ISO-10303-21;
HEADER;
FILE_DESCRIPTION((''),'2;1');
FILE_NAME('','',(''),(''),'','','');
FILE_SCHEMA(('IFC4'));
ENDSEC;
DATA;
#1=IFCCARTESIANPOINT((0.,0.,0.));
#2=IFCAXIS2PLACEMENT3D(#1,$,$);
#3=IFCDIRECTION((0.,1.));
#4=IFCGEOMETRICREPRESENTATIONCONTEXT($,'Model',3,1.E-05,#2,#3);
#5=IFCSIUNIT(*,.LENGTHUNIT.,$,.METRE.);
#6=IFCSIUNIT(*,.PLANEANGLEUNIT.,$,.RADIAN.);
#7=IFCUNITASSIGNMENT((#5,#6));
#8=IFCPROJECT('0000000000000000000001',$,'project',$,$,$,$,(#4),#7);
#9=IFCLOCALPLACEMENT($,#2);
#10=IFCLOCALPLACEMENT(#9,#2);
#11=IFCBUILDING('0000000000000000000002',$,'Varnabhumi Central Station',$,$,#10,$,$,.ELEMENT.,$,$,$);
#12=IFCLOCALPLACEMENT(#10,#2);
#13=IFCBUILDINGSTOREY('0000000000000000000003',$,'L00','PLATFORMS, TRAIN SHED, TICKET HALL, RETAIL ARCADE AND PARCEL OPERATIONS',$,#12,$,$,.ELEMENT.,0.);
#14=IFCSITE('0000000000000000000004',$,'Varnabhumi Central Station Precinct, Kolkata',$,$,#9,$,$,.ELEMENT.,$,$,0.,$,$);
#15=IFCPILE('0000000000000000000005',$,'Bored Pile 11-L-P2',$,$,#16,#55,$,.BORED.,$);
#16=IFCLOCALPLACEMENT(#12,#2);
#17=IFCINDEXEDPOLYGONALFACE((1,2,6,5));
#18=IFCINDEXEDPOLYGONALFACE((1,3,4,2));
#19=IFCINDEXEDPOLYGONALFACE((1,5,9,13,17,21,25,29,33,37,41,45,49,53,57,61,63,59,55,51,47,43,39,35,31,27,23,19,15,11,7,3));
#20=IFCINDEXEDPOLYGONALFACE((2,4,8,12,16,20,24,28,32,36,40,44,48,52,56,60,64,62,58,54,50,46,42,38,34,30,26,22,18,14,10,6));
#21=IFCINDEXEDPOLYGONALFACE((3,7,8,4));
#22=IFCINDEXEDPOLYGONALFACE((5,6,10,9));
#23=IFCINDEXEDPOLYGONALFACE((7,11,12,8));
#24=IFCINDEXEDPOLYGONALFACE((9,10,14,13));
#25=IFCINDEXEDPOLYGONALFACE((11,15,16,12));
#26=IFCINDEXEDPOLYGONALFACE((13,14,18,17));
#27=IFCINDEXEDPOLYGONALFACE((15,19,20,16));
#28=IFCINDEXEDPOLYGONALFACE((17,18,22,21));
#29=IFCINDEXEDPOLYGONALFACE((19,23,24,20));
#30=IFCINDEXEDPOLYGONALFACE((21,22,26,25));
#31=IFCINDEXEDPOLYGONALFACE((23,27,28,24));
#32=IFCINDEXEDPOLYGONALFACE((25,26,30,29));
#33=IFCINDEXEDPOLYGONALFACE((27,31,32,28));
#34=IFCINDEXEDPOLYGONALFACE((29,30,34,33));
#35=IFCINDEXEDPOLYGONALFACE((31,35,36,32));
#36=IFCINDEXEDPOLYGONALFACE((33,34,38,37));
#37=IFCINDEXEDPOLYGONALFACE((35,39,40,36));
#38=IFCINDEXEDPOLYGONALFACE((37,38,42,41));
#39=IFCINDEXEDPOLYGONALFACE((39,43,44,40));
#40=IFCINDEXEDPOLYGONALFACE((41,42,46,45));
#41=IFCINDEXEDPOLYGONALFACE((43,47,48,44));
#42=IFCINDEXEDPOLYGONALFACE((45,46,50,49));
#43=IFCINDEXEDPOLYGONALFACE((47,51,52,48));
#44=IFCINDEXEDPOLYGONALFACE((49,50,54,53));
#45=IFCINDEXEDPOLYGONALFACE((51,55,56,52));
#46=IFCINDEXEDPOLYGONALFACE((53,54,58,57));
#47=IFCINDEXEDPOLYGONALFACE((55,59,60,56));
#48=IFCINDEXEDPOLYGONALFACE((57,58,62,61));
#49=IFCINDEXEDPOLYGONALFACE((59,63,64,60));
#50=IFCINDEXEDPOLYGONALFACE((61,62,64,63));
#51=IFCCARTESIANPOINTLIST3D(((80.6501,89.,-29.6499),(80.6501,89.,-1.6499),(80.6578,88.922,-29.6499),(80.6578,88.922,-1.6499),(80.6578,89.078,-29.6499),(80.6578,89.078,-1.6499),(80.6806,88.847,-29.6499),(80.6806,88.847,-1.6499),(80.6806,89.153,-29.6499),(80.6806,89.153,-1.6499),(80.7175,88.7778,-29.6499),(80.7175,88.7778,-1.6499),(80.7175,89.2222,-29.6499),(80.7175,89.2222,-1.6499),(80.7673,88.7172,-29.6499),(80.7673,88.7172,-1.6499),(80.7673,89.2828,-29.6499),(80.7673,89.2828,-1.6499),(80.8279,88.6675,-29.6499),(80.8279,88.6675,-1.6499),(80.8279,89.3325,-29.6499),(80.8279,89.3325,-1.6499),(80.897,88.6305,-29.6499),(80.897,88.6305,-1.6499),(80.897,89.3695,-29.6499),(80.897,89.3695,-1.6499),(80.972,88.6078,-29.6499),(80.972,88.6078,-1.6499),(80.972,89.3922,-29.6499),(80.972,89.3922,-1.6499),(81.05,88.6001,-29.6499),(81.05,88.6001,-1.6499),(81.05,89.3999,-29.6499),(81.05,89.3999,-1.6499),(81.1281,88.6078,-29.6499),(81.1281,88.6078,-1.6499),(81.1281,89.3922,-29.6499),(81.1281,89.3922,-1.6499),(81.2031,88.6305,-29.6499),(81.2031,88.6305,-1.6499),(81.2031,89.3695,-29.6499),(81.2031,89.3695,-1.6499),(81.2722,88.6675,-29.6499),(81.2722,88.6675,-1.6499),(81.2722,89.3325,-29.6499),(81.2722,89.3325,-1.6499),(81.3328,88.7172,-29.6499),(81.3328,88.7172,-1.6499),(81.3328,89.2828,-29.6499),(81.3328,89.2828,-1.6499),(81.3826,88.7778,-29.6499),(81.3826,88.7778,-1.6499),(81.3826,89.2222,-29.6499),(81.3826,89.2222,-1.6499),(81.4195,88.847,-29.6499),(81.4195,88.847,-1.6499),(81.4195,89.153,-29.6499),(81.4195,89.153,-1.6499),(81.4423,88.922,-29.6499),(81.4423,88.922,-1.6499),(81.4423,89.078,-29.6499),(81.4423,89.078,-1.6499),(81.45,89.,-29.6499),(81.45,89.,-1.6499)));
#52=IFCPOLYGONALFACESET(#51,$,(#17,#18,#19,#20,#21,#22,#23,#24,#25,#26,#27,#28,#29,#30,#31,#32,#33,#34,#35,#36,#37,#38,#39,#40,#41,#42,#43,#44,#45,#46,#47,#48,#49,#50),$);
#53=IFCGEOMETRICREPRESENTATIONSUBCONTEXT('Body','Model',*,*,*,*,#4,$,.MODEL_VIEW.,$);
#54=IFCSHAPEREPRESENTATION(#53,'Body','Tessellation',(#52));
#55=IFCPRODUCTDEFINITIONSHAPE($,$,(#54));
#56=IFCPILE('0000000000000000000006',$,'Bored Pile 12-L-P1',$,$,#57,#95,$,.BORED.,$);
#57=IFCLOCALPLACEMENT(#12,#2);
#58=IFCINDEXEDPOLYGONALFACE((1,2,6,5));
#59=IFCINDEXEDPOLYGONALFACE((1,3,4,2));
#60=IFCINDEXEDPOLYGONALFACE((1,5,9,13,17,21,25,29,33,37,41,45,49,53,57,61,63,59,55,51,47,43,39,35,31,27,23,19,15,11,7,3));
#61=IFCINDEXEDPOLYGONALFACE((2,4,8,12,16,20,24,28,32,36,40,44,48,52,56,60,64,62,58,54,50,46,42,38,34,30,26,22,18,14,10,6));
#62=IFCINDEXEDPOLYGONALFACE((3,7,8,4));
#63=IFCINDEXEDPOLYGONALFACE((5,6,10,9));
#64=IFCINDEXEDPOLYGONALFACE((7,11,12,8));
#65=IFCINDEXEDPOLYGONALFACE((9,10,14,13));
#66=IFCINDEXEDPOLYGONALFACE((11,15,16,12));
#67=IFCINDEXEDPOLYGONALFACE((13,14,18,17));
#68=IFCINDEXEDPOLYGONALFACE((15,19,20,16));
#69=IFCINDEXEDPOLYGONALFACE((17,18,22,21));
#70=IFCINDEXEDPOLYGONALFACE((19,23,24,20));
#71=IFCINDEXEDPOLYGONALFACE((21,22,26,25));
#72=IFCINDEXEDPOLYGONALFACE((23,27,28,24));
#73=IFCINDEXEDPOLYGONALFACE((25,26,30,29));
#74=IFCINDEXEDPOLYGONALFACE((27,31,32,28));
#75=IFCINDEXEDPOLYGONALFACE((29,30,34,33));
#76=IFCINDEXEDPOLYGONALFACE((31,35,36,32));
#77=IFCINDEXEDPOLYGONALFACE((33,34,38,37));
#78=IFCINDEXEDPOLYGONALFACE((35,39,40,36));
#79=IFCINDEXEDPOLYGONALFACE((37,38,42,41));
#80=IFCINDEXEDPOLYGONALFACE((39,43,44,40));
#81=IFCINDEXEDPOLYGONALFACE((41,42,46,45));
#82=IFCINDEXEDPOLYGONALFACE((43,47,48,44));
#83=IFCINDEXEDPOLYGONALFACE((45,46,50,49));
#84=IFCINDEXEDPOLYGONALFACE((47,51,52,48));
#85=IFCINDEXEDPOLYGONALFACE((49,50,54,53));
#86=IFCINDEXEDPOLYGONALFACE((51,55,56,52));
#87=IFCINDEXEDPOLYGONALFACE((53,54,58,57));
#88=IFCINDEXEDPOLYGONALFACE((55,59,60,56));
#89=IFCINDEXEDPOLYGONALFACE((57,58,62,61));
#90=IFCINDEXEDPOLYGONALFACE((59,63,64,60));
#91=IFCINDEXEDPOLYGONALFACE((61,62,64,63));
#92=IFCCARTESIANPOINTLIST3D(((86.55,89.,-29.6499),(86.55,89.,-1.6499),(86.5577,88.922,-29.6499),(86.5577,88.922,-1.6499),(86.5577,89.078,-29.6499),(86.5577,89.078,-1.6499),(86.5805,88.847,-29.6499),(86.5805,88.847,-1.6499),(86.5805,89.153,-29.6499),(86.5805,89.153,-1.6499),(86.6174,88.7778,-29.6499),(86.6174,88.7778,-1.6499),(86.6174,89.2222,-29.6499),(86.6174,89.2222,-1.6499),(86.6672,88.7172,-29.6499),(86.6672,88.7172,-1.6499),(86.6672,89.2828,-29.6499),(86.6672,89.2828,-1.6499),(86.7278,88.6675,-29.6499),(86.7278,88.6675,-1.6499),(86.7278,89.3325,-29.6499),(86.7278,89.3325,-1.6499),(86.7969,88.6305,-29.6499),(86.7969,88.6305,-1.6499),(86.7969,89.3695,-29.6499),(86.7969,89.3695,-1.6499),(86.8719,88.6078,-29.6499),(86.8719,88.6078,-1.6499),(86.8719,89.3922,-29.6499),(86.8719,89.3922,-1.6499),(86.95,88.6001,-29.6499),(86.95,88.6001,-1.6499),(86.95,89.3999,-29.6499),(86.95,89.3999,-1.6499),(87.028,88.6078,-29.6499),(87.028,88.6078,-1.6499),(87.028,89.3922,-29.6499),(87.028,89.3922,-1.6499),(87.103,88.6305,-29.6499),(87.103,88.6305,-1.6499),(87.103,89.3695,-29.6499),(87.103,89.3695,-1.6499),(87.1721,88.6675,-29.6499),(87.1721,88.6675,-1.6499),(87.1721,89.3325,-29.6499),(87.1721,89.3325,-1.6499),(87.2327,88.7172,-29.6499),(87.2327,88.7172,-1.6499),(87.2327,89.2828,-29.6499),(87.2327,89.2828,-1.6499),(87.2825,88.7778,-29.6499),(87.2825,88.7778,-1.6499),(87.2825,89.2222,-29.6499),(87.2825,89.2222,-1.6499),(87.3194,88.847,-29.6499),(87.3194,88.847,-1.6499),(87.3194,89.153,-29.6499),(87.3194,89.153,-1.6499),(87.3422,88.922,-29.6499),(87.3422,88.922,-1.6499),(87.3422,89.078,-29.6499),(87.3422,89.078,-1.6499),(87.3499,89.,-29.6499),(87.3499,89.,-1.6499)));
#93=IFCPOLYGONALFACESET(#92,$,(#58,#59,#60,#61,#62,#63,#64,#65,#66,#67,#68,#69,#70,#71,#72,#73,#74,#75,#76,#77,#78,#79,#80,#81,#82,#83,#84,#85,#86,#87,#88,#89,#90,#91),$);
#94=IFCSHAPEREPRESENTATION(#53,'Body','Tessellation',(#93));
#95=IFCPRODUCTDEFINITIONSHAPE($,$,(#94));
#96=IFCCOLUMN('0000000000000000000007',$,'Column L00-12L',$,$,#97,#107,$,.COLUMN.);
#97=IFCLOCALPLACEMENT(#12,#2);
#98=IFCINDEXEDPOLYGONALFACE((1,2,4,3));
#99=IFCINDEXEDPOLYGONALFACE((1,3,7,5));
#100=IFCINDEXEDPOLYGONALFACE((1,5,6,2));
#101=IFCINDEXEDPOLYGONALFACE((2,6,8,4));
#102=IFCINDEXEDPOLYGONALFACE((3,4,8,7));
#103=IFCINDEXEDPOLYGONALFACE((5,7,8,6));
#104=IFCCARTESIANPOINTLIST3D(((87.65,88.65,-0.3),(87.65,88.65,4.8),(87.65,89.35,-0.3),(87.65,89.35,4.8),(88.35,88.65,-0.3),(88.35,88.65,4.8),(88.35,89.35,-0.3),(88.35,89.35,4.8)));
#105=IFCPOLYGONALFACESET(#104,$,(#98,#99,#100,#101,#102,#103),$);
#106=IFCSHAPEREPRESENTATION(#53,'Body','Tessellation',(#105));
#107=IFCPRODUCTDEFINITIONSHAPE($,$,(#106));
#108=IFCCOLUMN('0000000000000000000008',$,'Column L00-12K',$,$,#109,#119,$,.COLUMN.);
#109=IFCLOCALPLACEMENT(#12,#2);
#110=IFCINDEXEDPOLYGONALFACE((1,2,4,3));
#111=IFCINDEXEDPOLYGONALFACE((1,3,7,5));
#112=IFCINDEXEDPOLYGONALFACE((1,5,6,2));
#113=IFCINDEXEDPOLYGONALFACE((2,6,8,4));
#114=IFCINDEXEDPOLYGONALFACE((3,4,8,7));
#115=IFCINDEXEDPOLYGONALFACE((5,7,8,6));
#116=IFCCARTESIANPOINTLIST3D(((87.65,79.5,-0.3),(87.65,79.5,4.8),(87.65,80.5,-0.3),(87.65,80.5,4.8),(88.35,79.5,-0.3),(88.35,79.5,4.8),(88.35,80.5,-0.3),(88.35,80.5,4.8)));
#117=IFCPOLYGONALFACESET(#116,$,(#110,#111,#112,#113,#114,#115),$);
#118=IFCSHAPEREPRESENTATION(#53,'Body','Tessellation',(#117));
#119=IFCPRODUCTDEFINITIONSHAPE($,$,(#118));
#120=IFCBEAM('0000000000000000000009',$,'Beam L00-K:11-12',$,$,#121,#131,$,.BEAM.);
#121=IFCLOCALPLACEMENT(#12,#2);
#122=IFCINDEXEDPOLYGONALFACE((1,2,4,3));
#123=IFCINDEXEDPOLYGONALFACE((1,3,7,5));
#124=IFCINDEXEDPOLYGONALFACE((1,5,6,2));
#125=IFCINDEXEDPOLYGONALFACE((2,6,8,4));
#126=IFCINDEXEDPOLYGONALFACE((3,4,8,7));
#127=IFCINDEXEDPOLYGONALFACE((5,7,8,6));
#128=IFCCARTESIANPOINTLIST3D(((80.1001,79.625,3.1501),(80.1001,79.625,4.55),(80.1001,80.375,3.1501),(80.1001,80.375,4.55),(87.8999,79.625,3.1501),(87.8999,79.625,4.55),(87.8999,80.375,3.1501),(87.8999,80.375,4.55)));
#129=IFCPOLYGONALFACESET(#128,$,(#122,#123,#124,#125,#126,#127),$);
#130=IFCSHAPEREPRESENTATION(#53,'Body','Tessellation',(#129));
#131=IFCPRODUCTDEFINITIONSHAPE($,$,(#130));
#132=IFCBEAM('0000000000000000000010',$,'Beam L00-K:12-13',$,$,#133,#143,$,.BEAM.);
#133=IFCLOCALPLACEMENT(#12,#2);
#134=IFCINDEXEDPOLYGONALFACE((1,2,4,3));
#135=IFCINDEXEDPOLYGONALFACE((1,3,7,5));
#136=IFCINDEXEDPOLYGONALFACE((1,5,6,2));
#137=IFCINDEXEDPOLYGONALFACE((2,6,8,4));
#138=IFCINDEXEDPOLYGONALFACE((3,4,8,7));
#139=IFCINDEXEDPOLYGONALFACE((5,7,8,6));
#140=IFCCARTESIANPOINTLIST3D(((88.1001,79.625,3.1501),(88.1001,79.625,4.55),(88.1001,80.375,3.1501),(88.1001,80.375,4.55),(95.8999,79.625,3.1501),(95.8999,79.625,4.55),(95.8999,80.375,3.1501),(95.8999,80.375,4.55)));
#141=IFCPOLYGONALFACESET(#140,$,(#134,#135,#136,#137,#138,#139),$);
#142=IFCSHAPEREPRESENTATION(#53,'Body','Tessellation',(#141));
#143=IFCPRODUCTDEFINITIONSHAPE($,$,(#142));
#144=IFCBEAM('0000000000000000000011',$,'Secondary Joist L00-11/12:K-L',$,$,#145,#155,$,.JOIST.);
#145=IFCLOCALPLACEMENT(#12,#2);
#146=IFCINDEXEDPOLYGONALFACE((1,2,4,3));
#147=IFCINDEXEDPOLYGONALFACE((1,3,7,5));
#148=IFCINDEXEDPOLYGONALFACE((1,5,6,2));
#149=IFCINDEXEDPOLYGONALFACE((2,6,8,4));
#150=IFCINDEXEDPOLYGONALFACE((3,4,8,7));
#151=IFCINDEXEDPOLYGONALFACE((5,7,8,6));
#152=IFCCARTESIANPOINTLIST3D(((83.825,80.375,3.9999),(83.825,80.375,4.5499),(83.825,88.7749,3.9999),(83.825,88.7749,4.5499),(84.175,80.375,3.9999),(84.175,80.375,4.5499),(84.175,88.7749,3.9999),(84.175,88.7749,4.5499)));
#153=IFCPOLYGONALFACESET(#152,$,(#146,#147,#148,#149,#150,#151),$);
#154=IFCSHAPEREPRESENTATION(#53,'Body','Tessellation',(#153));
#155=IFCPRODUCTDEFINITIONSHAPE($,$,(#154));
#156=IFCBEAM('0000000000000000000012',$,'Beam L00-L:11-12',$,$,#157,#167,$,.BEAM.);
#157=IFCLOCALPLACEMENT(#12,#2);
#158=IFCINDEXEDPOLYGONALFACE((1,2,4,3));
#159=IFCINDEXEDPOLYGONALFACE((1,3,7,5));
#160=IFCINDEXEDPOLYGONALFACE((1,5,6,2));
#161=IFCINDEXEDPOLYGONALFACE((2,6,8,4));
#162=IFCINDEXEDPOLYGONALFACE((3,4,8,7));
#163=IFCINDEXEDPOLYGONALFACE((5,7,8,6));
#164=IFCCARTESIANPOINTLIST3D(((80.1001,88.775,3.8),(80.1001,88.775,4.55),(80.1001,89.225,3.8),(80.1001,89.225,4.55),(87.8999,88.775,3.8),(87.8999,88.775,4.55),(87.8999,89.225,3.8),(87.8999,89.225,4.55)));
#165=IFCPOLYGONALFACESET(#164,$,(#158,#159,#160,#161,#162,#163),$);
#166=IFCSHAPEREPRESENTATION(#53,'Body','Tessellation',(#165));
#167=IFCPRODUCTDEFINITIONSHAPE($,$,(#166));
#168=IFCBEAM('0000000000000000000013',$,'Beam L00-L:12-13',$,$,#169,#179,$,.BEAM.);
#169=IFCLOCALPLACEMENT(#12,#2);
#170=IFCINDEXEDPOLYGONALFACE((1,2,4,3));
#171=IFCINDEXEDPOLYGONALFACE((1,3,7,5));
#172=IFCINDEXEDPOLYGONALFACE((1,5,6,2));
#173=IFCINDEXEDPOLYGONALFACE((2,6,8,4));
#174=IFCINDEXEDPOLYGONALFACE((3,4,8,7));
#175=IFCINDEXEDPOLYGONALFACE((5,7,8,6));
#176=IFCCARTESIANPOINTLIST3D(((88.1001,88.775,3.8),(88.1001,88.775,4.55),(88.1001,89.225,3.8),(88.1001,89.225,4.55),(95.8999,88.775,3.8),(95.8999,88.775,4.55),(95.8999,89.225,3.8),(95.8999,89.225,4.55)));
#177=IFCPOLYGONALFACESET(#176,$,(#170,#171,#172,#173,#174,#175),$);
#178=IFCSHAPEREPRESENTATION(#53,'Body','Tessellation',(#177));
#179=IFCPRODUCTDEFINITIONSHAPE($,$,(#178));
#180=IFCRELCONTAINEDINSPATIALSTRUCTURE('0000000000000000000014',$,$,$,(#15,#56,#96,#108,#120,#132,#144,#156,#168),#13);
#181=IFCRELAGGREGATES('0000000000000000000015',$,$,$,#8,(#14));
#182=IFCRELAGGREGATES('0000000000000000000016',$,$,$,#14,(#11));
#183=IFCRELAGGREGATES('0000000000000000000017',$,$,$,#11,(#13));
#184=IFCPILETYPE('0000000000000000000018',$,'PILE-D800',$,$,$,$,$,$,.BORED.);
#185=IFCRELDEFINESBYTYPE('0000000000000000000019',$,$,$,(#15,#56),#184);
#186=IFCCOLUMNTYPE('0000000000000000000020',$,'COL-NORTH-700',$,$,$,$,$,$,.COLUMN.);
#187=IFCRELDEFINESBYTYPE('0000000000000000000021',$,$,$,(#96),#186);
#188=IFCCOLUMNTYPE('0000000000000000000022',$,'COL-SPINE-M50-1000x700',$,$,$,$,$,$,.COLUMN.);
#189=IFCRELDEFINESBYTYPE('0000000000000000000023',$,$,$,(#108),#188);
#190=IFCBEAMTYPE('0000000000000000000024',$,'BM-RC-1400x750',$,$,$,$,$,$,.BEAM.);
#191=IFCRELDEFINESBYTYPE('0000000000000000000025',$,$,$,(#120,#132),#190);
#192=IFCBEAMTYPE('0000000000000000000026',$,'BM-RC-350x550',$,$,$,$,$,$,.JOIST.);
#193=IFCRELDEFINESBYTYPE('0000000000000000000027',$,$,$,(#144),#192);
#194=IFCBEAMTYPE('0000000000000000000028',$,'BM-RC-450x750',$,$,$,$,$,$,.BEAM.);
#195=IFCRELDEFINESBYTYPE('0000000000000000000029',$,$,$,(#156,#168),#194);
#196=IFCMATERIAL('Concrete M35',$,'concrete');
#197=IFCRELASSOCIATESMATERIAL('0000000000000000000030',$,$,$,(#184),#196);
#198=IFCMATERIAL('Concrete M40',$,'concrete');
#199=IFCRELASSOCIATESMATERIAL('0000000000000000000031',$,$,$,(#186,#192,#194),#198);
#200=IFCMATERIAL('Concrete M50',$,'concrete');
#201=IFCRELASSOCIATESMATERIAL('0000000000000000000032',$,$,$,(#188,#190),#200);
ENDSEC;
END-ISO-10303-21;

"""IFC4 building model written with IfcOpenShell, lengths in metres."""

from ifc_helpers import new_model, si_unit, direction, frame, origin, origin_2d, place, context, subcontext, project, spatial, rectangle, circle, extrude, material, material_profile, profile_set, type_object, element, save


model = new_model("IFC4")

# Units and contexts
model_context = context("Model", 3, precision=1e-05, world=origin(), true_north=direction((0.0, 1.0)))
body_context = subcontext(model_context, "Body", "Model", "MODEL_VIEW")
ifc_project = project(units=[si_unit("LENGTHUNIT", "METRE"), si_unit("PLANEANGLEUNIT", "RADIAN")], contexts=[model_context])

# Site, building, storey
site_placement = place(None, origin())
site = spatial("IfcSite", under=ifc_project, at=site_placement, Name="Varnabhumi Central Station Precinct, Kolkata", CompositionType="ELEMENT", RefElevation=0.0)
building_placement = place(site_placement, origin())
building = spatial("IfcBuilding", under=site, at=building_placement, Name="Varnabhumi Central Station", CompositionType="ELEMENT")
storey_placement = place(building_placement, origin())
storey = spatial("IfcBuildingStorey", under=building, at=storey_placement, Name="L00", Description="PLATFORMS, TRAIN SHED, TICKET HALL, RETAIL ARCADE AND PARCEL OPERATIONS", CompositionType="ELEMENT", Elevation=0.0)

# Shared definitions
ifc_material_1 = material(Name="Concrete M40", Category="concrete")

# Piles
ifc_material_2 = material(Name="Concrete M35", Category="concrete")
ifc_material_profile_1 = material_profile(ifc_material_2, circle(Radius=0.3999, at=origin_2d()), Name="Concrete M35", Category="concrete")
ifc_profile_set_1 = profile_set([ifc_material_profile_1], Name="Concrete M35")
pile_type_1 = type_object("IfcPileType", Name="PILE-D800", PredefinedType="BORED", material=ifc_profile_set_1)
for number, where, z_axis, x_axis, name in (
    (1, (81.05, 89.0, -1.6499), (0.0, 0.0, -1.0), (1.0, 0.0, 0.0), "Bored Pile 11-L-P2"),
    (2, (86.95, 89.0, -1.6499), (0.0, 0.0, -1.0), (1.0, 0.0, 0.0), "Bored Pile 12-L-P1"),
):
    element("IfcPile", number, at=place(storey_placement, frame(where, z_axis=z_axis, x_axis=x_axis)), inside=storey, type_object=pile_type_1, Name=name, PredefinedType="BORED", context=body_context, shape_type="SweptSolid", body=[
        extrude(circle(Radius=0.3999, at=origin_2d()), origin(), (0.0, 0.0, 1.0), 28.0),
    ])

# Columns
ifc_material_profile_2 = material_profile(ifc_material_1, rectangle(XDim=0.7, YDim=0.7, at=origin_2d()), Name="Concrete M40", Category="concrete")
ifc_profile_set_2 = profile_set([ifc_material_profile_2], Name="Concrete M40")
column_type_1 = type_object("IfcColumnType", Name="COL-NORTH-700", PredefinedType="COLUMN", material=ifc_profile_set_2)
column_1_placement = place(storey_placement, frame((88.0, 89.0, -0.3), z_axis=(0.0, 0.0, 1.0), x_axis=(1.0, 0.0, 0.0)))
element("IfcColumn", 3, at=column_1_placement, inside=storey, type_object=column_type_1, Name="Column L00-12L", PredefinedType="COLUMN", context=body_context, shape_type="SweptSolid", body=[
    extrude(rectangle(XDim=0.7, YDim=0.7, at=origin_2d()), origin(), (0.0, 0.0, 1.0), 5.1001),
])
ifc_material_3 = material(Name="Concrete M50", Category="concrete")
ifc_material_profile_3 = material_profile(ifc_material_3, rectangle(XDim=0.7, YDim=1.0, at=origin_2d()), Name="Concrete M50", Category="concrete")
ifc_profile_set_3 = profile_set([ifc_material_profile_3], Name="Concrete M50")
column_type_2 = type_object("IfcColumnType", Name="COL-SPINE-M50-1000x700", PredefinedType="COLUMN", material=ifc_profile_set_3)
column_2_placement = place(storey_placement, frame((88.0, 80.0, -0.3), z_axis=(0.0, 0.0, 1.0), x_axis=(1.0, 0.0, 0.0)))
element("IfcColumn", 4, at=column_2_placement, inside=storey, type_object=column_type_2, Name="Column L00-12K", PredefinedType="COLUMN", context=body_context, shape_type="SweptSolid", body=[
    extrude(rectangle(XDim=0.7, YDim=1.0, at=origin_2d()), origin(), (0.0, 0.0, 1.0), 5.1001),
])

# Beams
ifc_material_profile_4 = material_profile(ifc_material_3, rectangle(XDim=0.75, YDim=1.3999, at=origin_2d()), Name="Concrete M50", Category="concrete")
ifc_profile_set_4 = profile_set([ifc_material_profile_4], Name="Concrete M50")
beam_type_1 = type_object("IfcBeamType", Name="BM-RC-1400x750", PredefinedType="BEAM", material=ifc_profile_set_4)
for number, where, z_axis, x_axis, name in (
    (5, (80.1001, 80.0, 3.8501), (1.0, 0.0, 0.0), (0.0, 1.0, 0.0), "Beam L00-K:11-12"),
    (6, (88.1001, 80.0, 3.8501), (1.0, 0.0, 0.0), (0.0, 1.0, 0.0), "Beam L00-K:12-13"),
):
    element("IfcBeam", number, at=place(storey_placement, frame(where, z_axis=z_axis, x_axis=x_axis)), inside=storey, type_object=beam_type_1, Name=name, PredefinedType="BEAM", context=body_context, shape_type="SweptSolid", body=[
        extrude(rectangle(XDim=0.75, YDim=1.3999, at=origin_2d()), origin(), (0.0, 0.0, 1.0), 7.7998),
    ])
ifc_material_profile_5 = material_profile(ifc_material_1, rectangle(XDim=0.3501, YDim=0.55, at=origin_2d()), Name="Concrete M40", Category="concrete")
ifc_profile_set_5 = profile_set([ifc_material_profile_5], Name="Concrete M40")
beam_type_2 = type_object("IfcBeamType", Name="BM-RC-350x550", PredefinedType="JOIST", material=ifc_profile_set_5)
beam_placement = place(storey_placement, frame((84.0, 80.375, 4.2749), z_axis=(0.0, 1.0, 0.0), x_axis=(-1.0, 0.0, 0.0)))
element("IfcBeam", 7, at=beam_placement, inside=storey, type_object=beam_type_2, Name="Secondary Joist L00-11/12:K-L", PredefinedType="JOIST", context=body_context, shape_type="SweptSolid", body=[
    extrude(rectangle(XDim=0.3501, YDim=0.55, at=origin_2d()), origin(), (0.0, 0.0, 1.0), 8.3999),
])
ifc_material_profile_6 = material_profile(ifc_material_1, rectangle(XDim=0.45, YDim=0.75, at=origin_2d()), Name="Concrete M40", Category="concrete")
ifc_profile_set_6 = profile_set([ifc_material_profile_6], Name="Concrete M40")
beam_type_3 = type_object("IfcBeamType", Name="BM-RC-450x750", PredefinedType="BEAM", material=ifc_profile_set_6)
for number, where, z_axis, x_axis, name in (
    (8, (80.1001, 89.0, 4.175), (1.0, 0.0, 0.0), (0.0, 1.0, 0.0), "Beam L00-L:11-12"),
    (9, (88.1001, 89.0, 4.175), (1.0, 0.0, 0.0), (0.0, 1.0, 0.0), "Beam L00-L:12-13"),
):
    element("IfcBeam", number, at=place(storey_placement, frame(where, z_axis=z_axis, x_axis=x_axis)), inside=storey, type_object=beam_type_3, Name=name, PredefinedType="BEAM", context=body_context, shape_type="SweptSolid", body=[
        extrude(rectangle(XDim=0.45, YDim=0.75, at=origin_2d()), origin(), (0.0, 0.0, 1.0), 7.7998),
    ])

save(model, "model.ifc")
